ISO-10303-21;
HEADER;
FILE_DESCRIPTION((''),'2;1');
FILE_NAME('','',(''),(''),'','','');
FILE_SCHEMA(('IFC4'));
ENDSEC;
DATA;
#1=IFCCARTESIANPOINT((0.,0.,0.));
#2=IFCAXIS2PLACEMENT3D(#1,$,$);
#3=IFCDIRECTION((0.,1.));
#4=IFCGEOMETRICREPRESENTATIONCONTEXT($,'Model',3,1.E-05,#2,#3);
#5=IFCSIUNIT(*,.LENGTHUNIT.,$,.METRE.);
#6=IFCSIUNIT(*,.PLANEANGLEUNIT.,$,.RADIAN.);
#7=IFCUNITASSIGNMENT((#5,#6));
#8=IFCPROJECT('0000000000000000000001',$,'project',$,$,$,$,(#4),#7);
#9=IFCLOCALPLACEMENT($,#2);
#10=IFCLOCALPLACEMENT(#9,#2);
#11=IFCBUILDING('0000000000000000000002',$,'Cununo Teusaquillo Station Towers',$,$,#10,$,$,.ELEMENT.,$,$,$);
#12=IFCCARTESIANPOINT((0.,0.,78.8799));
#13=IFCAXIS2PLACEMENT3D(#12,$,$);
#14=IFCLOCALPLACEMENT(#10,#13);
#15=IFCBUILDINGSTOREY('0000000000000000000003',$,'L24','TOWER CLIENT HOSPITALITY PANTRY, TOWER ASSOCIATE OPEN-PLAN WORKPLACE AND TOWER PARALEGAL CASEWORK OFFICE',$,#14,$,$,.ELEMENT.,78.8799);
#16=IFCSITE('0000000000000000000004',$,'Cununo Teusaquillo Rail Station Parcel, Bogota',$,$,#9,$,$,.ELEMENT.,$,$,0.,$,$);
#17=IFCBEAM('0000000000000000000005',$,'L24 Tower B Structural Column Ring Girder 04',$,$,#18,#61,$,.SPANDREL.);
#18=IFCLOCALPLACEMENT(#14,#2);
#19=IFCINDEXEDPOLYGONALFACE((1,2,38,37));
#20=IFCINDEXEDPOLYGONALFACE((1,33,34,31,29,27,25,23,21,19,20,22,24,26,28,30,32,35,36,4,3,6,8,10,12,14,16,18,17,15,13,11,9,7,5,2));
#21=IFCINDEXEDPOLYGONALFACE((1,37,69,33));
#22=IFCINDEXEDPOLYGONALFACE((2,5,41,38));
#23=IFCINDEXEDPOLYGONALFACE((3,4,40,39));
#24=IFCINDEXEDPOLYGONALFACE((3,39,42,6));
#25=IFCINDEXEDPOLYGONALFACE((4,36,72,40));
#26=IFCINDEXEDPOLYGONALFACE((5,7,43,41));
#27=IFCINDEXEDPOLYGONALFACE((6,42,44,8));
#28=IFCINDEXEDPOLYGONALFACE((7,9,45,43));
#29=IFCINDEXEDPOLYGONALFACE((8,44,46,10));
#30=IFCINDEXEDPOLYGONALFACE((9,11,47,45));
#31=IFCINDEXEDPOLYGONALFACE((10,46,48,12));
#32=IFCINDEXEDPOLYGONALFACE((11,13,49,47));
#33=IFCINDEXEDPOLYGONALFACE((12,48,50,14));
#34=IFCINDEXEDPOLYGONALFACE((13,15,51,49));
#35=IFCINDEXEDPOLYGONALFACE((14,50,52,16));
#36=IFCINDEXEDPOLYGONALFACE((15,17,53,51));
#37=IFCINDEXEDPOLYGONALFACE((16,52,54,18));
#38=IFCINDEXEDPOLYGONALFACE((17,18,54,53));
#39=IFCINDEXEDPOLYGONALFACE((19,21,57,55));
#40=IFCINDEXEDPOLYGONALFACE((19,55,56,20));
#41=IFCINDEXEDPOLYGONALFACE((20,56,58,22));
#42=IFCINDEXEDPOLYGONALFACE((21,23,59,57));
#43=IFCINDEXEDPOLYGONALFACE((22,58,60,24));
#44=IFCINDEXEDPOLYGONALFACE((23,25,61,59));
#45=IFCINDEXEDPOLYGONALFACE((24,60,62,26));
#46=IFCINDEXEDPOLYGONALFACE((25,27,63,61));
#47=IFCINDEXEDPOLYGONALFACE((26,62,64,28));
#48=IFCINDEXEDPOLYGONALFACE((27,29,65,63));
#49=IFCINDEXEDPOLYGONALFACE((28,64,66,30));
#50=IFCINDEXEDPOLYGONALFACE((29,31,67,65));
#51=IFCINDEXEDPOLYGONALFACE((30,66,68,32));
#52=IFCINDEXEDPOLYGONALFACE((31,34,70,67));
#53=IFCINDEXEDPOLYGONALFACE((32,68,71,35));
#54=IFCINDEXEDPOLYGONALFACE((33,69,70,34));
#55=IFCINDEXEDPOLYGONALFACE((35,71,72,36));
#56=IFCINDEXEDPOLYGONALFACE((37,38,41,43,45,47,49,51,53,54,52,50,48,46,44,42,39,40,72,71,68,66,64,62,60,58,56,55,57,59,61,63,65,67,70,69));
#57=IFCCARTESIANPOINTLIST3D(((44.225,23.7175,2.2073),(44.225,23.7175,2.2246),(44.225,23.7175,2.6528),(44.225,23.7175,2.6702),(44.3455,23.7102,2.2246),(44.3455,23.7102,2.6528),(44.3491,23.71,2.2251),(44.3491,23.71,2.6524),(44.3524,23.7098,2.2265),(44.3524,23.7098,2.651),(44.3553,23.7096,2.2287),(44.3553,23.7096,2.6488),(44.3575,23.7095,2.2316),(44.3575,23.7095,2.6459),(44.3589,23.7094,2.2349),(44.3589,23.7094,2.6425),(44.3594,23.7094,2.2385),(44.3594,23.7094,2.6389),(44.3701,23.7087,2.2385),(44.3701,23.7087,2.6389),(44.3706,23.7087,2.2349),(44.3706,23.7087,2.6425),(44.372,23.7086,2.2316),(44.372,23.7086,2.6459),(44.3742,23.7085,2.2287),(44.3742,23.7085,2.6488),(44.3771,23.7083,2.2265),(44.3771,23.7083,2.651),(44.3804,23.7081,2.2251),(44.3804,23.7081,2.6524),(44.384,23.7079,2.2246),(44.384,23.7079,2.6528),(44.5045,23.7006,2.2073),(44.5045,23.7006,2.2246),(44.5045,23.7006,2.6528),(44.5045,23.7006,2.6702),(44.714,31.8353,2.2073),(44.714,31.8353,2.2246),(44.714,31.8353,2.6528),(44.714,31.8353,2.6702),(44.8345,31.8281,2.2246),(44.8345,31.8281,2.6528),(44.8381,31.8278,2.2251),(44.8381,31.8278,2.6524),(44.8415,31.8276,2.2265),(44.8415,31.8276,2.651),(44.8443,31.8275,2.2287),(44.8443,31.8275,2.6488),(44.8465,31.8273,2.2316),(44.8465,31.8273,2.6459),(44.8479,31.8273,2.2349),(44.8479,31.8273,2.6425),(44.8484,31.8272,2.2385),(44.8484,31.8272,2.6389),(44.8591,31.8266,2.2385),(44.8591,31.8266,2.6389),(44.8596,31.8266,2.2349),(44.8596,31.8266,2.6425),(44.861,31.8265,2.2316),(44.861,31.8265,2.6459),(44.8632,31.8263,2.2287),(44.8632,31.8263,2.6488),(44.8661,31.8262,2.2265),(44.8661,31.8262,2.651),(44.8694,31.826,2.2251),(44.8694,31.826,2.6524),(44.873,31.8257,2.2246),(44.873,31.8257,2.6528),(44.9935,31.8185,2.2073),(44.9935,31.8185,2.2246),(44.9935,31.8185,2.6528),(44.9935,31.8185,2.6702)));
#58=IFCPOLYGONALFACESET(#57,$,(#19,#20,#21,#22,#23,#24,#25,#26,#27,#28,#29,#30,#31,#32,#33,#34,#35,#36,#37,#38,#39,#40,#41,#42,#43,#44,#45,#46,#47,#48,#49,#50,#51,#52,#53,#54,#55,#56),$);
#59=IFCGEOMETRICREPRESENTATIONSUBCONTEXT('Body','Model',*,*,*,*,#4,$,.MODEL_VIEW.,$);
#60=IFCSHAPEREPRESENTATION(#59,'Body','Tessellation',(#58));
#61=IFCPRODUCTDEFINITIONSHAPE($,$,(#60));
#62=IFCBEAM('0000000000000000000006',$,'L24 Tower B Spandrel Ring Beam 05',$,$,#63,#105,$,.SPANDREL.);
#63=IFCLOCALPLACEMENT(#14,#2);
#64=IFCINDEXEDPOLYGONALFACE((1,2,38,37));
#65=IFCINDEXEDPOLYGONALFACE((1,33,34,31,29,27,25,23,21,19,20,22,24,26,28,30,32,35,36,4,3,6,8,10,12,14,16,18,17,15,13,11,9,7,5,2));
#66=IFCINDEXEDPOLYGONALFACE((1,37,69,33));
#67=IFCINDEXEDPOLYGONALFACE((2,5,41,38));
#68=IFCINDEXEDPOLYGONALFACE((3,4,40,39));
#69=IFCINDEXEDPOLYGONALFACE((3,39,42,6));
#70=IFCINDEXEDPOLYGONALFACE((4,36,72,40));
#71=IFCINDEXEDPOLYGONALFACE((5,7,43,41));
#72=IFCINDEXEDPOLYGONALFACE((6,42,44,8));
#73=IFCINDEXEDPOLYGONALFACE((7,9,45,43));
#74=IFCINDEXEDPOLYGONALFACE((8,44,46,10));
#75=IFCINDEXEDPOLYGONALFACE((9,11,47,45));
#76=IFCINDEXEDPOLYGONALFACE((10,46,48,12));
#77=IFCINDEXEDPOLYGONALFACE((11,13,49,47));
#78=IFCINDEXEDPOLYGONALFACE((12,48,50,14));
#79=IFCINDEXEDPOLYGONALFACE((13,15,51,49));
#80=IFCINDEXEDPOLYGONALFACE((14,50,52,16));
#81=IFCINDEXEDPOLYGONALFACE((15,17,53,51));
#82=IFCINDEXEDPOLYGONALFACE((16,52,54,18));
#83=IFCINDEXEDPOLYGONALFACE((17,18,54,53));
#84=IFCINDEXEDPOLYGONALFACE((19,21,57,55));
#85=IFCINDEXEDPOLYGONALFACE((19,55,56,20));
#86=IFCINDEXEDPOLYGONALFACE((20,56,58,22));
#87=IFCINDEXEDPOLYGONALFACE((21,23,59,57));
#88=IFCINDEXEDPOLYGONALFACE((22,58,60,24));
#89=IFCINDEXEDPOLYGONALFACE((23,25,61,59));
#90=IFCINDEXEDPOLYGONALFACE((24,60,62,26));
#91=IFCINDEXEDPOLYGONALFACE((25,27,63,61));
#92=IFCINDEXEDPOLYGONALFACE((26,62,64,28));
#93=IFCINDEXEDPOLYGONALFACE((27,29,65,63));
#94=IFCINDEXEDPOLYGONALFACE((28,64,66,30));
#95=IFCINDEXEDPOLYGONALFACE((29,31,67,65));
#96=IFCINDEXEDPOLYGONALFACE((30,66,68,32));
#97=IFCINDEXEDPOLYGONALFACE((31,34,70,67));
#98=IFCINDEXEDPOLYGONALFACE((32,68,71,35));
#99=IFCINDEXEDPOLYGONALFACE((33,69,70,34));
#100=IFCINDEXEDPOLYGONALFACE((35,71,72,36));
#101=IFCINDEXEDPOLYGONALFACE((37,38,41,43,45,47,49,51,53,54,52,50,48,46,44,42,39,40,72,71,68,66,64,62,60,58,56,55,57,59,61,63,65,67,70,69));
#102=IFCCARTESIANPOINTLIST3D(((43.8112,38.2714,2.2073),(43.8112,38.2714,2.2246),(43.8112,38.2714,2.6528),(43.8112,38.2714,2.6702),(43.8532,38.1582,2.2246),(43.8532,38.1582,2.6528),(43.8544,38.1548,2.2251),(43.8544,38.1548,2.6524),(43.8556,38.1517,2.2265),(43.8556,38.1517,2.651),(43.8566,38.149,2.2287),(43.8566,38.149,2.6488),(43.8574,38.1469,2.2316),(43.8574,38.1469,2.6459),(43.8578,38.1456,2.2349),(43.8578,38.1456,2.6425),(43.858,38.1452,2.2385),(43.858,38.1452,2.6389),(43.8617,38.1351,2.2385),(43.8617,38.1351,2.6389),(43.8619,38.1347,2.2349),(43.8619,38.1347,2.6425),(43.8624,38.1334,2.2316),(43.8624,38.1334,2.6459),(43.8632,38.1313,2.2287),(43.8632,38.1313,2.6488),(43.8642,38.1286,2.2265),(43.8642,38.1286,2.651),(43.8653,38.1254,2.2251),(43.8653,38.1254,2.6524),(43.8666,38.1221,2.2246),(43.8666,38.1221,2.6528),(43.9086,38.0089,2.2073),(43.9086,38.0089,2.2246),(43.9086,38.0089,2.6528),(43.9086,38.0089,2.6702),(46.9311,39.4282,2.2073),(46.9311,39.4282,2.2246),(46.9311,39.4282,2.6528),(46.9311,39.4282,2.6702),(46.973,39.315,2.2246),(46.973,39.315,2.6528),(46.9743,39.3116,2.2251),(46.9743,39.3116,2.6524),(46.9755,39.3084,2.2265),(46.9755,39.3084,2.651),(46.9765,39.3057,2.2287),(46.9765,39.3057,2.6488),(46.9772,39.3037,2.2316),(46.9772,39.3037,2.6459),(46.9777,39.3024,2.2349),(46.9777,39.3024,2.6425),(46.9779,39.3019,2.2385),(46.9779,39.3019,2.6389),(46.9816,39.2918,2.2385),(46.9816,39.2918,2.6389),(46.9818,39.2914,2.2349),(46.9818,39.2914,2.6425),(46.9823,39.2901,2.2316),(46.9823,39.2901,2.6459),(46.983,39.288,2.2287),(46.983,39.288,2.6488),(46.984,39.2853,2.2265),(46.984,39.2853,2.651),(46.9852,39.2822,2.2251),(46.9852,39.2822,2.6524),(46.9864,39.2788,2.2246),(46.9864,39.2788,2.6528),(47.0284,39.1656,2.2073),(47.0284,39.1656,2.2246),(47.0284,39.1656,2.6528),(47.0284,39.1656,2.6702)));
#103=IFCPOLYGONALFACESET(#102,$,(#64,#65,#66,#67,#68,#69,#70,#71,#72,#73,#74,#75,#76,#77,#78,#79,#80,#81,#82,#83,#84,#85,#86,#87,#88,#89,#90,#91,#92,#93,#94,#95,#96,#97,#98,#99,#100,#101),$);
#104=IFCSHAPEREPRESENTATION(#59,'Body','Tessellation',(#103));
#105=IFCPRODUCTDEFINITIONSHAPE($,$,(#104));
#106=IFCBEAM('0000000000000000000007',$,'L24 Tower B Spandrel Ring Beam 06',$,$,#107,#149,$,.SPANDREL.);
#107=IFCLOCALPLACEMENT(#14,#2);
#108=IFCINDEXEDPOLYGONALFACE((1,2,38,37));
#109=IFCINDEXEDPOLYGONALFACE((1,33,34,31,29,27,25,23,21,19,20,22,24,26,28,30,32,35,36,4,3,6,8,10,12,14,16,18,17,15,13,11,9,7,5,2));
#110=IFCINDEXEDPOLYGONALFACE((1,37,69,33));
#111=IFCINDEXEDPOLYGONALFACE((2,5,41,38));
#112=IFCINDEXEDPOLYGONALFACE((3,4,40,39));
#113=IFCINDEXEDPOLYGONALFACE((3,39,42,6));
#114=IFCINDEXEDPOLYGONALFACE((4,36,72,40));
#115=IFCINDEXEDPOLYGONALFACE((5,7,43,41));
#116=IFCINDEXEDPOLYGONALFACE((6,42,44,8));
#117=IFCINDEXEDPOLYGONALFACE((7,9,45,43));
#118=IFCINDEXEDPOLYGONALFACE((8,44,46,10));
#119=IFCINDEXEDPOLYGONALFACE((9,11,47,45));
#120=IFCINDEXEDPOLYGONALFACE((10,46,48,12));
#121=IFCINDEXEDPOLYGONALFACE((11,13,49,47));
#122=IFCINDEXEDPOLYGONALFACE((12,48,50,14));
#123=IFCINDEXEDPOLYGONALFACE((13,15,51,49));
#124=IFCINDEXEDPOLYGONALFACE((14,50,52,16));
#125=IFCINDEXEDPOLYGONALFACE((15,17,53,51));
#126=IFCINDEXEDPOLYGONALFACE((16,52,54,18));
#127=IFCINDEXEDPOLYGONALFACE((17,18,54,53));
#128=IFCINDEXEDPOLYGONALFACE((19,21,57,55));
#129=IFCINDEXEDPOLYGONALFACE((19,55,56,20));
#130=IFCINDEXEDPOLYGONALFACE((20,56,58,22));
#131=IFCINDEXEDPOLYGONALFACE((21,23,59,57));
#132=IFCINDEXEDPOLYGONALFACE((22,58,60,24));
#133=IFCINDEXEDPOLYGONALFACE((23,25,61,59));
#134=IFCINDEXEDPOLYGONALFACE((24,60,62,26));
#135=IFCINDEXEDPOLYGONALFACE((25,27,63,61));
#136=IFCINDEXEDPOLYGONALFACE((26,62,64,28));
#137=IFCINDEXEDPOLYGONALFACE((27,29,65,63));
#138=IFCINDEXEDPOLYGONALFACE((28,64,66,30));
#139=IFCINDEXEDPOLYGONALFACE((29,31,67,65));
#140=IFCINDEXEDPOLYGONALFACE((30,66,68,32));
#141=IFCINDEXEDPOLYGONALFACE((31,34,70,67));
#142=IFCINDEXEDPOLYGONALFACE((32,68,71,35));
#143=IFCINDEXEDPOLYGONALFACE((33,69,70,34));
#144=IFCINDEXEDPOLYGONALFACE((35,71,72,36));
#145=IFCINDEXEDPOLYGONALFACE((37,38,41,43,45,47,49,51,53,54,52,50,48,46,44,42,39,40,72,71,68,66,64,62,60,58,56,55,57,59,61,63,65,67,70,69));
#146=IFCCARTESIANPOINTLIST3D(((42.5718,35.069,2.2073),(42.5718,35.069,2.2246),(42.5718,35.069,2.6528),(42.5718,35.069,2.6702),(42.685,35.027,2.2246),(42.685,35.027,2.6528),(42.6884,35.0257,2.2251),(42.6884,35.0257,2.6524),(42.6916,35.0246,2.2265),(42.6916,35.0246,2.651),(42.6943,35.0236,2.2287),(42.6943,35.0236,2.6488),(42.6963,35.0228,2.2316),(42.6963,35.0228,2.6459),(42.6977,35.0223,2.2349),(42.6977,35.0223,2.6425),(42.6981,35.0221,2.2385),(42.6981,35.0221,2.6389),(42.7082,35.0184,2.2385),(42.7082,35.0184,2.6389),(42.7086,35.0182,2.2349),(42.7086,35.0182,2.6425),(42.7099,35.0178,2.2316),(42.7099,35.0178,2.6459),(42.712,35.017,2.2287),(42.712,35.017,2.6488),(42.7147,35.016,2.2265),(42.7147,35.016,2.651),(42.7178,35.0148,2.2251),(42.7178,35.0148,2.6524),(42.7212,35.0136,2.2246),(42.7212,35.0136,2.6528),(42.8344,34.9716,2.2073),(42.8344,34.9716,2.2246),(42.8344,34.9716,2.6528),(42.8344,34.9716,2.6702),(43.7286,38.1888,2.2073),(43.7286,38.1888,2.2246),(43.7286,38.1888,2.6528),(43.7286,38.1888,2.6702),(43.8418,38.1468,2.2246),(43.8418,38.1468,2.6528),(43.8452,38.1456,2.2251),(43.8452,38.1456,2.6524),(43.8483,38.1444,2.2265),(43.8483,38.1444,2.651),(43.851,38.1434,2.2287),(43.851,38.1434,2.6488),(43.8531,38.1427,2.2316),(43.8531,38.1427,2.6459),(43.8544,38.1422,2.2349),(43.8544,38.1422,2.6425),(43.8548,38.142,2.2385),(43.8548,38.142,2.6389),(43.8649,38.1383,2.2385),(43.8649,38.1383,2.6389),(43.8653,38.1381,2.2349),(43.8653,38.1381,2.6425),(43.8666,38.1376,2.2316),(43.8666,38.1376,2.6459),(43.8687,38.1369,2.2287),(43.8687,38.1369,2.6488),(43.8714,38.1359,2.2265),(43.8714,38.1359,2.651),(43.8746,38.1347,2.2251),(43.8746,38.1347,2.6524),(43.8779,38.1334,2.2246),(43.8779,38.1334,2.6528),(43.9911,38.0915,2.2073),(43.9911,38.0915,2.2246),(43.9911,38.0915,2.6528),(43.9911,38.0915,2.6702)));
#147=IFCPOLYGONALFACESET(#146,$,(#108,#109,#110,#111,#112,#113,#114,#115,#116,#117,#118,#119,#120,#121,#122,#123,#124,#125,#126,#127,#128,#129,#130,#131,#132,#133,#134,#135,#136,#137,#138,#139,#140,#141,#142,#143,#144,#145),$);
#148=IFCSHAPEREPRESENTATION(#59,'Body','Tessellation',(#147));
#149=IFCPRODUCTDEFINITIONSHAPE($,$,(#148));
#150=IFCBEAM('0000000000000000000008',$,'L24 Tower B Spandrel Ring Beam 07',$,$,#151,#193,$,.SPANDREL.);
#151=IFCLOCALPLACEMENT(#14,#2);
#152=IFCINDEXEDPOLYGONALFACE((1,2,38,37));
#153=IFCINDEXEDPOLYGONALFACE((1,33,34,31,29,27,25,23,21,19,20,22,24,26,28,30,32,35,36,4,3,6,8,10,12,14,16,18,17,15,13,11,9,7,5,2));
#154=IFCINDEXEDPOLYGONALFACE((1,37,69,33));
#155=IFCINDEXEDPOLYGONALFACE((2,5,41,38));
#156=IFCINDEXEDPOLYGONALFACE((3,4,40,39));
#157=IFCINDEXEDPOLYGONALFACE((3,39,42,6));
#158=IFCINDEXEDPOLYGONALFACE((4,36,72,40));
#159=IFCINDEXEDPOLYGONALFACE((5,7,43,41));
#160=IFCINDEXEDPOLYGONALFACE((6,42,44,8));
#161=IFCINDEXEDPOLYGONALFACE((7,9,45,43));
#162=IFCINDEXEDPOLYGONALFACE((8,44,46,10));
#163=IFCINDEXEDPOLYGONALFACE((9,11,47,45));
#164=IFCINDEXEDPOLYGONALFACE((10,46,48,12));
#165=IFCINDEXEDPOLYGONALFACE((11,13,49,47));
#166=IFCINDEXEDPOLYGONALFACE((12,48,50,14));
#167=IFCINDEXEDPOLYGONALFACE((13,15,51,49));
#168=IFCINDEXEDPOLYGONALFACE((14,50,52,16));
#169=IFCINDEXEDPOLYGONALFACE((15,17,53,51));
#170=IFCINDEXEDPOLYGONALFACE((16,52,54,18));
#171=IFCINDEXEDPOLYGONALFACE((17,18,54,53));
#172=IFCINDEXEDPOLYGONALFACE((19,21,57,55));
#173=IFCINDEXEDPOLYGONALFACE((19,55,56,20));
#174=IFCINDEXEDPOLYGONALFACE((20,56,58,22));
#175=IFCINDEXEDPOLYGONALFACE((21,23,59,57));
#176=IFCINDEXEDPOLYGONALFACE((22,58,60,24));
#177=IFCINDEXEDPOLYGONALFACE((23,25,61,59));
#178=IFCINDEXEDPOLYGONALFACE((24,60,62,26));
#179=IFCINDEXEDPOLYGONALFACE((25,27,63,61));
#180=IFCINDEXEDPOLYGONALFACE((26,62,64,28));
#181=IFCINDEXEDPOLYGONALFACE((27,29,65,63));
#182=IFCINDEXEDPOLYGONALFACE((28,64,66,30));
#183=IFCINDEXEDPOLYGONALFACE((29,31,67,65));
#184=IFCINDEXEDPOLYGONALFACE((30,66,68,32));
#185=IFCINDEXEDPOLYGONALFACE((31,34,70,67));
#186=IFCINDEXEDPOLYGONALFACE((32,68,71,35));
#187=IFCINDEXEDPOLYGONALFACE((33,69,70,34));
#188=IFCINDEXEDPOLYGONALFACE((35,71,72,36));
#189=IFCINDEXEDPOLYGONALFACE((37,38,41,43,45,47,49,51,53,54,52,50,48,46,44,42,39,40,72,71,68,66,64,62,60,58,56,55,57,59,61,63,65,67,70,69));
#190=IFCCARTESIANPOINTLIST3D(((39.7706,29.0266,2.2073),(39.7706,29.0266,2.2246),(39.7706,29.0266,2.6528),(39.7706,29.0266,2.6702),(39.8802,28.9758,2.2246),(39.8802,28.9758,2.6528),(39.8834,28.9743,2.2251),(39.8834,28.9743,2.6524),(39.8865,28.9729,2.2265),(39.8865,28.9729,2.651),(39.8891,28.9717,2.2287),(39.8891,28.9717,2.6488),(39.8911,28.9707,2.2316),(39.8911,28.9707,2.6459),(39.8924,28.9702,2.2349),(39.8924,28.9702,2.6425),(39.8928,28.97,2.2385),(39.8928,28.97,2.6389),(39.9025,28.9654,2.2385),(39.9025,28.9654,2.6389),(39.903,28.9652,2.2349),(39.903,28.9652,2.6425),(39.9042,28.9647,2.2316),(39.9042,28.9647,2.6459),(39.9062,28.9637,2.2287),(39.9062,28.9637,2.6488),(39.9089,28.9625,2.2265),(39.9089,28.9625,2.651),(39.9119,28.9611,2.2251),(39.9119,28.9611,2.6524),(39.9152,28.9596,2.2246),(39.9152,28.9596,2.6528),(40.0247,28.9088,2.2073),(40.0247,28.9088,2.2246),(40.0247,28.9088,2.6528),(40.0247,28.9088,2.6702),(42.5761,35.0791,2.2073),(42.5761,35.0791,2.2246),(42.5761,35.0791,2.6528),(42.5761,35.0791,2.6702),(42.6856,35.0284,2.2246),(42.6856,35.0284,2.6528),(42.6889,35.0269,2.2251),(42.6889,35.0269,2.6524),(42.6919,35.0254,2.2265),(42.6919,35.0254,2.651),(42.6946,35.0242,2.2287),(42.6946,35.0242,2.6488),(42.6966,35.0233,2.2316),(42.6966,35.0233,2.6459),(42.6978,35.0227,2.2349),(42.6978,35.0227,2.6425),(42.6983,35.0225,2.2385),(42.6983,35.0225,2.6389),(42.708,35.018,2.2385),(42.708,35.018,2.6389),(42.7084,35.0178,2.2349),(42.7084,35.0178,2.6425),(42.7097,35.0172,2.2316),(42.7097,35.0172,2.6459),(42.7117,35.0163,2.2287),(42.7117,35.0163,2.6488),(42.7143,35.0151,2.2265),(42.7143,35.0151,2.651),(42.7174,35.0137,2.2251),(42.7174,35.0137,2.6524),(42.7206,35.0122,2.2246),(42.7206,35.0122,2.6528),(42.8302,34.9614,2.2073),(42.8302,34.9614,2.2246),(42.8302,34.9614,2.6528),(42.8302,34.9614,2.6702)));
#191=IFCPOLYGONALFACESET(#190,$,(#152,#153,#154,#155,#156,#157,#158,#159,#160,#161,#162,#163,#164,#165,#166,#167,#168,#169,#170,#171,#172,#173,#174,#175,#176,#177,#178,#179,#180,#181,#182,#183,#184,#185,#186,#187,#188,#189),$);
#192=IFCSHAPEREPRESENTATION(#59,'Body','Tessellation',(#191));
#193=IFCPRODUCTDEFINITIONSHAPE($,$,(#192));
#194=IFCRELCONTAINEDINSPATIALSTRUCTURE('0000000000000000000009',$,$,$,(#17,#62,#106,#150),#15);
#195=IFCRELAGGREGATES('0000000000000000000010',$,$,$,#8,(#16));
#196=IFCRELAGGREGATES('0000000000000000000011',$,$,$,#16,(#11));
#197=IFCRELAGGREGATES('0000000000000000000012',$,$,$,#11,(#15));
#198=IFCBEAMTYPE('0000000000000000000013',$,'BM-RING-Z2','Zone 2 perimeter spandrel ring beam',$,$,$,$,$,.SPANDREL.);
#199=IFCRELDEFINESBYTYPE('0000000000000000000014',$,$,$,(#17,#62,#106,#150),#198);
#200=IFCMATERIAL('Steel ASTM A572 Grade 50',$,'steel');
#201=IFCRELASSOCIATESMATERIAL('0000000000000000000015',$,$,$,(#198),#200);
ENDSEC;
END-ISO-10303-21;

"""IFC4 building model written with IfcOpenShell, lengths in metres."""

from ifc_helpers import new_model, si_unit, direction, frame, origin, origin_2d, place, context, subcontext, project, spatial, i_section, extrude, material, material_profile, profile_set, type_object, element, save


model = new_model("IFC4")

# Units and contexts
model_context = context("Model", 3, precision=1e-05, world=origin(), true_north=direction((0.0, 1.0)))
body_context = subcontext(model_context, "Body", "Model", "MODEL_VIEW")
ifc_project = project(units=[si_unit("LENGTHUNIT", "METRE"), si_unit("PLANEANGLEUNIT", "RADIAN")], contexts=[model_context])

# Site, building, storey
site_placement = place(None, origin())
site = spatial("IfcSite", under=ifc_project, at=site_placement, Name="Cununo Teusaquillo Rail Station Parcel, Bogota", CompositionType="ELEMENT", RefElevation=0.0)
building_placement = place(site_placement, origin())
building = spatial("IfcBuilding", under=site, at=building_placement, Name="Cununo Teusaquillo Station Towers", CompositionType="ELEMENT")
storey_placement = place(building_placement, frame((0.0, 0.0, 78.8799)))
storey = spatial("IfcBuildingStorey", under=building, at=storey_placement, Name="L24", Description="TOWER CLIENT HOSPITALITY PANTRY, TOWER ASSOCIATE OPEN-PLAN WORKPLACE AND TOWER PARALEGAL CASEWORK OFFICE", CompositionType="ELEMENT", Elevation=78.8799)

# Beams
ifc_material_1 = material(Name="Steel ASTM A572 Grade 50", Category="steel")
ifc_material_profile_1 = material_profile(ifc_material_1, i_section(OverallWidth=0.28, OverallDepth=0.4629, WebThickness=0.0107, FlangeThickness=0.0173, FilletRadius=0.0139, at=origin_2d()), Name="W18X76")
ifc_profile_set_1 = profile_set([ifc_material_profile_1], Name="Steel ASTM A572 Grade 50")
beam_type_1 = type_object("IfcBeamType", Name="BM-RING-Z2", Description="Zone 2 perimeter spandrel ring beam", PredefinedType="SPANDREL", material=ifc_profile_set_1)
beam_1_placement = place(storey_placement, frame((44.8538, 31.8269, 2.4387), z_axis=(-0.06013, -0.998191, 0.0), x_axis=(0.998191, -0.06013, 0.0)))
element("IfcBeam", 1, at=beam_1_placement, inside=storey, type_object=beam_type_1, Name="L24 Tower B Structural Column Ring Girder 04", PredefinedType="SPANDREL", context=body_context, shape_type="SweptSolid", body=[
    extrude(i_section(OverallWidth=0.28, OverallDepth=0.4629, WebThickness=0.0107, FlangeThickness=0.0173, FilletRadius=0.0139, at=origin_2d()), origin(), (0.0, 0.0, 1.0), 8.1326),
])
for number, where, z_axis, x_axis, name in (
    (2, (46.9797, 39.2969, 2.4387), (-0.937628, -0.347639, 0.0), (0.347639, -0.937628, 0.0), "L24 Tower B Spandrel Ring Beam 05"),
    (3, (43.8599, 38.1401, 2.4387), (-0.347639, -0.937628, 0.0), (0.937628, -0.347639, 0.0), "L24 Tower B Spandrel Ring Beam 06"),
):
    element("IfcBeam", number, at=place(storey_placement, frame(where, z_axis=z_axis, x_axis=x_axis)), inside=storey, type_object=beam_type_1, Name=name, PredefinedType="SPANDREL", context=body_context, shape_type="SweptSolid", body=[
        extrude(i_section(OverallWidth=0.28, OverallDepth=0.4629, WebThickness=0.0107, FlangeThickness=0.0173, FilletRadius=0.0139, at=origin_2d()), origin(), (0.0, 0.0, 1.0), 3.3274),
    ])
beam_2_placement = place(storey_placement, frame((42.7031, 35.0203, 2.4387), z_axis=(-0.420536, -0.907276, 0.0), x_axis=(0.907276, -0.420536, 0.0)))
element("IfcBeam", 4, at=beam_2_placement, inside=storey, type_object=beam_type_1, Name="L24 Tower B Spandrel Ring Beam 07", PredefinedType="SPANDREL", context=body_context, shape_type="SweptSolid", body=[
    extrude(i_section(OverallWidth=0.28, OverallDepth=0.4629, WebThickness=0.0107, FlangeThickness=0.0173, FilletRadius=0.0139, at=origin_2d()), origin(), (0.0, 0.0, 1.0), 6.6711),
])

save(model, "model.ifc")
